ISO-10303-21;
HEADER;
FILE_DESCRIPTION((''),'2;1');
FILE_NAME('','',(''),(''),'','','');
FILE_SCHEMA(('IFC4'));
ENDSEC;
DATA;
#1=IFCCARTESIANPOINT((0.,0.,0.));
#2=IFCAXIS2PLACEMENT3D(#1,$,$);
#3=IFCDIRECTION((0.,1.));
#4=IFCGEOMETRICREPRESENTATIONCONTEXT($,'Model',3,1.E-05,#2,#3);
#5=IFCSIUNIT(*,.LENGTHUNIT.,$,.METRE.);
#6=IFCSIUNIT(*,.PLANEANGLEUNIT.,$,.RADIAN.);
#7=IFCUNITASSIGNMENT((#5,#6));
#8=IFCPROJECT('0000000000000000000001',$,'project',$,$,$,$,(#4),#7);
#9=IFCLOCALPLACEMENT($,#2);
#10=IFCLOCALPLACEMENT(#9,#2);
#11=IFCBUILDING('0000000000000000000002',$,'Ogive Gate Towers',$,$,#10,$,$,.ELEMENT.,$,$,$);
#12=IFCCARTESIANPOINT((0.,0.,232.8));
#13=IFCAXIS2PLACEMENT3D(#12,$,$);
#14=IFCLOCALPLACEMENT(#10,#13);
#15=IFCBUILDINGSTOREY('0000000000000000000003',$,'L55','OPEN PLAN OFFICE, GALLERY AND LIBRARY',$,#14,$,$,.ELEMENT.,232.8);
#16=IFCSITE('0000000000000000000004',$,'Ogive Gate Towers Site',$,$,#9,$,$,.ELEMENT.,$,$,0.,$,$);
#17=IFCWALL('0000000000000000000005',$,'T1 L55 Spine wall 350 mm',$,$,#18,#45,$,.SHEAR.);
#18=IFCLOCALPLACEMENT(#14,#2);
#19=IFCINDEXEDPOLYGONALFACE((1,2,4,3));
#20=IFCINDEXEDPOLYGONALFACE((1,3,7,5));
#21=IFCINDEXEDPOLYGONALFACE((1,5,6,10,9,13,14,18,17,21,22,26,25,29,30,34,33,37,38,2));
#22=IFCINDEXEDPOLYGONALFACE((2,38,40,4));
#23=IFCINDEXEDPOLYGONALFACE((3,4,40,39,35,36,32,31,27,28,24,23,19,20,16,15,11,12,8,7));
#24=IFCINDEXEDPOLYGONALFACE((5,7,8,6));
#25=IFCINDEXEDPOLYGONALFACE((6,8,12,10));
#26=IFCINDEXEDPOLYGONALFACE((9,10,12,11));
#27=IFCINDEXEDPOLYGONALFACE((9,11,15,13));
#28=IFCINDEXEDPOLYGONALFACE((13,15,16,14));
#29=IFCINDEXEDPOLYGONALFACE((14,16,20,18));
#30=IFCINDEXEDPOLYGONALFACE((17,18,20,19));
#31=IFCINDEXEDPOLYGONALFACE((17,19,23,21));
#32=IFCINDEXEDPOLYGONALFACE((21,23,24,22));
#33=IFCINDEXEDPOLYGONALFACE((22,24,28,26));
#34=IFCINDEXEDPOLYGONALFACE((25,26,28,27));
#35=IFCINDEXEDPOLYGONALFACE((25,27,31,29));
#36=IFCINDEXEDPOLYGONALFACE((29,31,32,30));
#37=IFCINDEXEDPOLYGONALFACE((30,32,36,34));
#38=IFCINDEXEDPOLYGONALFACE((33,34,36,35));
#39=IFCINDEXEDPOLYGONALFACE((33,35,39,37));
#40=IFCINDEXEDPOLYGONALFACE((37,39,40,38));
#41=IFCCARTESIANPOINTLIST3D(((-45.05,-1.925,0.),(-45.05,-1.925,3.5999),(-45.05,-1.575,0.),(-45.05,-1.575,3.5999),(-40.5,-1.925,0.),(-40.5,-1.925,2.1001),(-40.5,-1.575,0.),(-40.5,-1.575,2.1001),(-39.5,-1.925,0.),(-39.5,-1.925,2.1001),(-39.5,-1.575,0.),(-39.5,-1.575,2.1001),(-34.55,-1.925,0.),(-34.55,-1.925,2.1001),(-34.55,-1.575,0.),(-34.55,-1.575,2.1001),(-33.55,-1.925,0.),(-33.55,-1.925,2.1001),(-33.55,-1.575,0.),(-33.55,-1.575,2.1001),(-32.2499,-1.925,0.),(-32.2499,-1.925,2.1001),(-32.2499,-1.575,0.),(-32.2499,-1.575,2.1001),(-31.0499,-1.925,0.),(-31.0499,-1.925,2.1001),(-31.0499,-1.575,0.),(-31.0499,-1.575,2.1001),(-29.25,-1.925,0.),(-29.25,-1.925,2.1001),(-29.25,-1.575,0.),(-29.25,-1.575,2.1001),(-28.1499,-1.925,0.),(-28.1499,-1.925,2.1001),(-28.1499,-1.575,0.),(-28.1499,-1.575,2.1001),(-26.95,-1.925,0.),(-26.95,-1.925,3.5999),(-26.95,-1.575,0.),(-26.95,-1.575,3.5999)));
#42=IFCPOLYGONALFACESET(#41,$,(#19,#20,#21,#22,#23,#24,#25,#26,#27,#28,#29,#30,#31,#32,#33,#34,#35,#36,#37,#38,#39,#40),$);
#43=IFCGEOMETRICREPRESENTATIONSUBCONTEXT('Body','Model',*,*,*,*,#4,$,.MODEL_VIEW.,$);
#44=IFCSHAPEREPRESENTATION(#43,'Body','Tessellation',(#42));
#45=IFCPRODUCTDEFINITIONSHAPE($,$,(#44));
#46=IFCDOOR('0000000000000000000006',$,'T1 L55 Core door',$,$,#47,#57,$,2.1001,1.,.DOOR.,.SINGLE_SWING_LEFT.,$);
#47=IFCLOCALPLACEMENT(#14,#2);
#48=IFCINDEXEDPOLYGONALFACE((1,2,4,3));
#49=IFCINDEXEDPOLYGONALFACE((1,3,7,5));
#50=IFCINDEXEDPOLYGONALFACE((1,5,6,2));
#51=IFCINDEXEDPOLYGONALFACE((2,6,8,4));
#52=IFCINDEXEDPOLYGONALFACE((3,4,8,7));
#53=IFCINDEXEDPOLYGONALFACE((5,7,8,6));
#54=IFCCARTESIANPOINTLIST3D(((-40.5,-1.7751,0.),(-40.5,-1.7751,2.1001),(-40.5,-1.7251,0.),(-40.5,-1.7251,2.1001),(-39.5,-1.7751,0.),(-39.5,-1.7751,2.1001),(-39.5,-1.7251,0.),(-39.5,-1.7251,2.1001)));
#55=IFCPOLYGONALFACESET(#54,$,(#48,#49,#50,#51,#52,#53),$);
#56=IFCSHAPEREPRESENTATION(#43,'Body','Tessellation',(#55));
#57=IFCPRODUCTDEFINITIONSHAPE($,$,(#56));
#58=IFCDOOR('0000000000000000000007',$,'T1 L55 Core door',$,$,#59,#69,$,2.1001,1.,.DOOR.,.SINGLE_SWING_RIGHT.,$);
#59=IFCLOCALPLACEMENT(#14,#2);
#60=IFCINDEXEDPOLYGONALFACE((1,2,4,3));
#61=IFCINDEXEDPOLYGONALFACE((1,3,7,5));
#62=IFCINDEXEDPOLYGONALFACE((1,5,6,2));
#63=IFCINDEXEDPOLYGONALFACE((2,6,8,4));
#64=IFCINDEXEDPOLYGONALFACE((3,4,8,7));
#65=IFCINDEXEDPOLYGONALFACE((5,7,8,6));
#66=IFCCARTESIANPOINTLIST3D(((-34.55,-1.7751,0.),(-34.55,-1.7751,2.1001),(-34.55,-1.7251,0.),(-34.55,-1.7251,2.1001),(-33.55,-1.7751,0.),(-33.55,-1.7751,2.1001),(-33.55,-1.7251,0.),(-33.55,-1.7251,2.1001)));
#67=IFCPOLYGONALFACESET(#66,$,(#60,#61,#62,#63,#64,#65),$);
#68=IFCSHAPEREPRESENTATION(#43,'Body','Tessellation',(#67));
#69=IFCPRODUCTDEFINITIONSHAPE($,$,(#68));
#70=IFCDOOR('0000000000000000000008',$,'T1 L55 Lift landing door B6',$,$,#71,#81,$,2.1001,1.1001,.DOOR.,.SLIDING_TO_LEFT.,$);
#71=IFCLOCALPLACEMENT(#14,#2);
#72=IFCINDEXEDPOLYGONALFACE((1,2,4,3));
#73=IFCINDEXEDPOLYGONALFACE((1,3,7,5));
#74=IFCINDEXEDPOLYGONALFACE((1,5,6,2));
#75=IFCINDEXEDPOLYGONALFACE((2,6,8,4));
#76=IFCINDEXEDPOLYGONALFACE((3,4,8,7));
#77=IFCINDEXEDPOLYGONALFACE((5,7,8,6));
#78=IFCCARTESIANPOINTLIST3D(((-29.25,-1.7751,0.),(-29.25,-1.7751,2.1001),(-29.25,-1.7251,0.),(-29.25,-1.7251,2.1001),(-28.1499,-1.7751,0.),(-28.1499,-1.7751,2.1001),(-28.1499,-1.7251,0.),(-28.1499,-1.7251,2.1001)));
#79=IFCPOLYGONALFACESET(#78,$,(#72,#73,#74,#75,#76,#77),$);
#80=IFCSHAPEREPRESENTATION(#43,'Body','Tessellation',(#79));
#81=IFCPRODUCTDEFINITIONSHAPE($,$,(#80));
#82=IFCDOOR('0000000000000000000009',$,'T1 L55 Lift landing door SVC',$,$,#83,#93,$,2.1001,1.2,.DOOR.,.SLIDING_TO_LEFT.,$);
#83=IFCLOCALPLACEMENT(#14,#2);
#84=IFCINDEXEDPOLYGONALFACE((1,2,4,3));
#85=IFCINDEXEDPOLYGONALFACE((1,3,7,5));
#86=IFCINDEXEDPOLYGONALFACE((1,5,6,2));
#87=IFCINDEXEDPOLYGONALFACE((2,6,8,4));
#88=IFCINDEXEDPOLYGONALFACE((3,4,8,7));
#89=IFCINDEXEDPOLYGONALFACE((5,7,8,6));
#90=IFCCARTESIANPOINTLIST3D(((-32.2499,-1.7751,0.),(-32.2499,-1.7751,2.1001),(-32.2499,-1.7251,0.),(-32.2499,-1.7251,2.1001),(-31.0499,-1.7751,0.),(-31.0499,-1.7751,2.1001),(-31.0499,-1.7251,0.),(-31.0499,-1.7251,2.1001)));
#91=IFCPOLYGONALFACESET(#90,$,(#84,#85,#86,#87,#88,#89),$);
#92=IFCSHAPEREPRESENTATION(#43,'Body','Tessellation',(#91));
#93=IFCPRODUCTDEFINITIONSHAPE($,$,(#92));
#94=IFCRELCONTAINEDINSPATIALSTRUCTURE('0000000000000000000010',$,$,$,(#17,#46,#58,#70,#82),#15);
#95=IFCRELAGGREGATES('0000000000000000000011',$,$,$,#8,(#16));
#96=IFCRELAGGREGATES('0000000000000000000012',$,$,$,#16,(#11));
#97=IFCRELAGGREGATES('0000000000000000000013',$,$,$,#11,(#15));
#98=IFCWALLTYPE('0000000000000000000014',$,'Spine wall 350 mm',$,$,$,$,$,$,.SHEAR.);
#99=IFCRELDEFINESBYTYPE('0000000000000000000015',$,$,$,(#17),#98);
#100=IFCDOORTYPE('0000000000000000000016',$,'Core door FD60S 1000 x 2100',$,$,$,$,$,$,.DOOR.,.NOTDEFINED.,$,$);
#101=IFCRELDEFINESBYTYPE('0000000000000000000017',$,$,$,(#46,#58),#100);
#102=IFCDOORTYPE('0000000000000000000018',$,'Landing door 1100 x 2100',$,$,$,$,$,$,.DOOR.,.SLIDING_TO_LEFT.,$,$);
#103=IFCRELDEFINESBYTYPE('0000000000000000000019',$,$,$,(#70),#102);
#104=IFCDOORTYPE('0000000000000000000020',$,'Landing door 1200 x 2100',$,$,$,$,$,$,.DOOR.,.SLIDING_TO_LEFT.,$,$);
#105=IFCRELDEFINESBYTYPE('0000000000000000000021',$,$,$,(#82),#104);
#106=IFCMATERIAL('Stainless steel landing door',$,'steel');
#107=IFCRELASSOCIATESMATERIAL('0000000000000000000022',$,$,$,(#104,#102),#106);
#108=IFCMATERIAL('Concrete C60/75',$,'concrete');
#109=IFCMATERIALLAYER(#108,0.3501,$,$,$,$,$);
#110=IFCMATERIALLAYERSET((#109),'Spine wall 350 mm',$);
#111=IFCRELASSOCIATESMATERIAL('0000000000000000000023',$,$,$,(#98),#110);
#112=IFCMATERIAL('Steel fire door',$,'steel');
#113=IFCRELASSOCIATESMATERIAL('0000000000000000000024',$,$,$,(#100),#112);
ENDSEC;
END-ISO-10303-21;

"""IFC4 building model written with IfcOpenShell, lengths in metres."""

from ifc_helpers import new_model, si_unit, direction, frame, frame_2d, origin, place, context, subcontext, project, spatial, rectangle, extrude, material, layer, layer_set, type_object, element, fill, save


model = new_model("IFC4")

# Units and contexts
model_context = context("Model", 3, precision=1e-05, world=origin(), true_north=direction((0.0, 1.0)))
body_context = subcontext(model_context, "Body", "Model", "MODEL_VIEW")
ifc_project = project(units=[si_unit("LENGTHUNIT", "METRE"), si_unit("PLANEANGLEUNIT", "RADIAN")], contexts=[model_context])

# Site, building, storey
site_placement = place(None, origin())
site = spatial("IfcSite", under=ifc_project, at=site_placement, Name="Ogive Gate Towers Site", CompositionType="ELEMENT", RefElevation=0.0)
building_placement = place(site_placement, origin())
building = spatial("IfcBuilding", under=site, at=building_placement, Name="Ogive Gate Towers", CompositionType="ELEMENT")
storey_placement = place(building_placement, frame((0.0, 0.0, 232.8)))
storey = spatial("IfcBuildingStorey", under=building, at=storey_placement, Name="L55", Description="OPEN PLAN OFFICE, GALLERY AND LIBRARY", CompositionType="ELEMENT", Elevation=232.8)

# Shared definitions
ifc_material_1 = material(Name="Concrete C60/75", Category="concrete")

# Shared definitions
ifc_material_2 = material(Name="Stainless steel landing door", Category="steel")
door_type_1 = type_object("IfcDoorType", Name="Landing door 1200 x 2100", OperationType="SLIDING_TO_LEFT", PredefinedType="DOOR", material=ifc_material_2)

# Wall, openings, doors
ifc_layer_1 = layer(ifc_material_1, 0.3501)
ifc_layer_set_1 = layer_set([ifc_layer_1], Name="Spine wall 350 mm")
wall_type_1 = type_object("IfcWallType", Name="Spine wall 350 mm", PredefinedType="SHEAR", material=ifc_layer_set_1)
wall_1_placement = place(storey_placement, frame((-45.05, -1.75, 0.0), z_axis=(0.0, 0.0, 1.0), x_axis=(1.0, 0.0, 0.0)))
wall_1 = element("IfcWall", 1, at=wall_1_placement, inside=storey, type_object=wall_type_1, Name="T1 L55 Spine wall 350 mm", PredefinedType="SHEAR", context=body_context, shape_type="SweptSolid", body=[
    extrude(rectangle(XDim=18.1001, YDim=0.3501, at=frame_2d((9.05, 0.0))), origin(), (0.0, 0.0, 1.0), 3.5999),
])
opening_1_placement = place(wall_1_placement, frame((12.8, 0.0, 0.0)))
opening_1 = element("IfcOpeningElement", 2, at=opening_1_placement, cuts=wall_1, PredefinedType="OPENING", context=body_context, shape_type="SweptSolid", body=[
    extrude(rectangle(XDim=1.2, YDim=2.1001, at=frame_2d((0.6001, 1.05))), frame((0.0, 0.1851, 0.0), z_axis=(0.0, -1.0, 0.0), x_axis=(1.0, 0.0, 0.0)), (0.0, 0.0, 1.0), 0.3701),
])
opening_2_placement = place(wall_1_placement, frame((15.8, 0.0, 0.0)))
opening_2 = element("IfcOpeningElement", 3, at=opening_2_placement, cuts=wall_1, PredefinedType="OPENING", context=body_context, shape_type="SweptSolid", body=[
    extrude(rectangle(XDim=1.1001, YDim=2.1001, at=frame_2d((0.55, 1.05))), frame((0.0, 0.1851, 0.0), z_axis=(0.0, -1.0, 0.0), x_axis=(1.0, 0.0, 0.0)), (0.0, 0.0, 1.0), 0.3701),
])
opening_3_placement = place(wall_1_placement, frame((4.55, 0.0, 0.0)))
opening_3 = element("IfcOpeningElement", 4, at=opening_3_placement, cuts=wall_1, PredefinedType="OPENING", context=body_context, shape_type="SweptSolid", body=[
    extrude(rectangle(XDim=1.0, YDim=2.1001, at=frame_2d((0.5, 1.05))), frame((0.0, 0.1851, 0.0), z_axis=(0.0, -1.0, 0.0), x_axis=(1.0, 0.0, 0.0)), (0.0, 0.0, 1.0), 0.3701),
])
opening_4_placement = place(wall_1_placement, frame((10.5, 0.0, 0.0)))
opening_4 = element("IfcOpeningElement", 5, at=opening_4_placement, cuts=wall_1, PredefinedType="OPENING", context=body_context, shape_type="SweptSolid", body=[
    extrude(rectangle(XDim=1.0, YDim=2.1001, at=frame_2d((0.5, 1.05))), frame((0.0, 0.1851, 0.0), z_axis=(0.0, -1.0, 0.0), x_axis=(1.0, 0.0, 0.0)), (0.0, 0.0, 1.0), 0.3701),
])
ifc_material_3 = material(Name="Steel fire door", Category="steel")
door_type_2 = type_object("IfcDoorType", Name="Core door FD60S 1000 x 2100", OperationType="NOTDEFINED", PredefinedType="DOOR", material=ifc_material_3)
door_1_placement = place(opening_3_placement, origin())
door_1 = element("IfcDoor", 6, at=door_1_placement, inside=storey, type_object=door_type_2, Name="T1 L55 Core door", OperationType="SINGLE_SWING_LEFT", OverallHeight=2.1001, OverallWidth=1.0, PredefinedType="DOOR", context=body_context, shape_type="SweptSolid", body=[
    extrude(rectangle(XDim=1.0, YDim=2.1001, at=frame_2d((0.5, 1.05))), frame((0.0, 0.0249, 0.0), z_axis=(0.0, -1.0, 0.0), x_axis=(1.0, 0.0, 0.0)), (0.0, 0.0, 1.0), 0.05),
])
fill(opening_3, door_1)
door_2_placement = place(opening_4_placement, origin())
door_2 = element("IfcDoor", 7, at=door_2_placement, inside=storey, type_object=door_type_2, Name="T1 L55 Core door", OperationType="SINGLE_SWING_RIGHT", OverallHeight=2.1001, OverallWidth=1.0, PredefinedType="DOOR", context=body_context, shape_type="SweptSolid", body=[
    extrude(rectangle(XDim=1.0, YDim=2.1001, at=frame_2d((0.5, 1.05))), frame((0.0, 0.0249, 0.0), z_axis=(0.0, -1.0, 0.0), x_axis=(1.0, 0.0, 0.0)), (0.0, 0.0, 1.0), 0.05),
])
fill(opening_4, door_2)
door_type_3 = type_object("IfcDoorType", Name="Landing door 1100 x 2100", OperationType="SLIDING_TO_LEFT", PredefinedType="DOOR", material=ifc_material_2)
door_3_placement = place(opening_2_placement, origin())
door_3 = element("IfcDoor", 8, at=door_3_placement, inside=storey, type_object=door_type_3, Name="T1 L55 Lift landing door B6", OperationType="SLIDING_TO_LEFT", OverallHeight=2.1001, OverallWidth=1.1001, PredefinedType="DOOR", context=body_context, shape_type="SweptSolid", body=[
    extrude(rectangle(XDim=1.1001, YDim=2.1001, at=frame_2d((0.55, 1.05))), frame((0.0, 0.0249, 0.0), z_axis=(0.0, -1.0, 0.0), x_axis=(1.0, 0.0, 0.0)), (0.0, 0.0, 1.0), 0.05),
])
fill(opening_2, door_3)
door_4_placement = place(opening_1_placement, origin())
door_4 = element("IfcDoor", 9, at=door_4_placement, inside=storey, type_object=door_type_1, Name="T1 L55 Lift landing door SVC", OperationType="SLIDING_TO_LEFT", OverallHeight=2.1001, OverallWidth=1.2, PredefinedType="DOOR", context=body_context, shape_type="SweptSolid", body=[
    extrude(rectangle(XDim=1.2, YDim=2.1001, at=frame_2d((0.6001, 1.05))), frame((0.0, 0.0249, 0.0), z_axis=(0.0, -1.0, 0.0), x_axis=(1.0, 0.0, 0.0)), (0.0, 0.0, 1.0), 0.05),
])
fill(opening_1, door_4)

save(model, "model.ifc")
